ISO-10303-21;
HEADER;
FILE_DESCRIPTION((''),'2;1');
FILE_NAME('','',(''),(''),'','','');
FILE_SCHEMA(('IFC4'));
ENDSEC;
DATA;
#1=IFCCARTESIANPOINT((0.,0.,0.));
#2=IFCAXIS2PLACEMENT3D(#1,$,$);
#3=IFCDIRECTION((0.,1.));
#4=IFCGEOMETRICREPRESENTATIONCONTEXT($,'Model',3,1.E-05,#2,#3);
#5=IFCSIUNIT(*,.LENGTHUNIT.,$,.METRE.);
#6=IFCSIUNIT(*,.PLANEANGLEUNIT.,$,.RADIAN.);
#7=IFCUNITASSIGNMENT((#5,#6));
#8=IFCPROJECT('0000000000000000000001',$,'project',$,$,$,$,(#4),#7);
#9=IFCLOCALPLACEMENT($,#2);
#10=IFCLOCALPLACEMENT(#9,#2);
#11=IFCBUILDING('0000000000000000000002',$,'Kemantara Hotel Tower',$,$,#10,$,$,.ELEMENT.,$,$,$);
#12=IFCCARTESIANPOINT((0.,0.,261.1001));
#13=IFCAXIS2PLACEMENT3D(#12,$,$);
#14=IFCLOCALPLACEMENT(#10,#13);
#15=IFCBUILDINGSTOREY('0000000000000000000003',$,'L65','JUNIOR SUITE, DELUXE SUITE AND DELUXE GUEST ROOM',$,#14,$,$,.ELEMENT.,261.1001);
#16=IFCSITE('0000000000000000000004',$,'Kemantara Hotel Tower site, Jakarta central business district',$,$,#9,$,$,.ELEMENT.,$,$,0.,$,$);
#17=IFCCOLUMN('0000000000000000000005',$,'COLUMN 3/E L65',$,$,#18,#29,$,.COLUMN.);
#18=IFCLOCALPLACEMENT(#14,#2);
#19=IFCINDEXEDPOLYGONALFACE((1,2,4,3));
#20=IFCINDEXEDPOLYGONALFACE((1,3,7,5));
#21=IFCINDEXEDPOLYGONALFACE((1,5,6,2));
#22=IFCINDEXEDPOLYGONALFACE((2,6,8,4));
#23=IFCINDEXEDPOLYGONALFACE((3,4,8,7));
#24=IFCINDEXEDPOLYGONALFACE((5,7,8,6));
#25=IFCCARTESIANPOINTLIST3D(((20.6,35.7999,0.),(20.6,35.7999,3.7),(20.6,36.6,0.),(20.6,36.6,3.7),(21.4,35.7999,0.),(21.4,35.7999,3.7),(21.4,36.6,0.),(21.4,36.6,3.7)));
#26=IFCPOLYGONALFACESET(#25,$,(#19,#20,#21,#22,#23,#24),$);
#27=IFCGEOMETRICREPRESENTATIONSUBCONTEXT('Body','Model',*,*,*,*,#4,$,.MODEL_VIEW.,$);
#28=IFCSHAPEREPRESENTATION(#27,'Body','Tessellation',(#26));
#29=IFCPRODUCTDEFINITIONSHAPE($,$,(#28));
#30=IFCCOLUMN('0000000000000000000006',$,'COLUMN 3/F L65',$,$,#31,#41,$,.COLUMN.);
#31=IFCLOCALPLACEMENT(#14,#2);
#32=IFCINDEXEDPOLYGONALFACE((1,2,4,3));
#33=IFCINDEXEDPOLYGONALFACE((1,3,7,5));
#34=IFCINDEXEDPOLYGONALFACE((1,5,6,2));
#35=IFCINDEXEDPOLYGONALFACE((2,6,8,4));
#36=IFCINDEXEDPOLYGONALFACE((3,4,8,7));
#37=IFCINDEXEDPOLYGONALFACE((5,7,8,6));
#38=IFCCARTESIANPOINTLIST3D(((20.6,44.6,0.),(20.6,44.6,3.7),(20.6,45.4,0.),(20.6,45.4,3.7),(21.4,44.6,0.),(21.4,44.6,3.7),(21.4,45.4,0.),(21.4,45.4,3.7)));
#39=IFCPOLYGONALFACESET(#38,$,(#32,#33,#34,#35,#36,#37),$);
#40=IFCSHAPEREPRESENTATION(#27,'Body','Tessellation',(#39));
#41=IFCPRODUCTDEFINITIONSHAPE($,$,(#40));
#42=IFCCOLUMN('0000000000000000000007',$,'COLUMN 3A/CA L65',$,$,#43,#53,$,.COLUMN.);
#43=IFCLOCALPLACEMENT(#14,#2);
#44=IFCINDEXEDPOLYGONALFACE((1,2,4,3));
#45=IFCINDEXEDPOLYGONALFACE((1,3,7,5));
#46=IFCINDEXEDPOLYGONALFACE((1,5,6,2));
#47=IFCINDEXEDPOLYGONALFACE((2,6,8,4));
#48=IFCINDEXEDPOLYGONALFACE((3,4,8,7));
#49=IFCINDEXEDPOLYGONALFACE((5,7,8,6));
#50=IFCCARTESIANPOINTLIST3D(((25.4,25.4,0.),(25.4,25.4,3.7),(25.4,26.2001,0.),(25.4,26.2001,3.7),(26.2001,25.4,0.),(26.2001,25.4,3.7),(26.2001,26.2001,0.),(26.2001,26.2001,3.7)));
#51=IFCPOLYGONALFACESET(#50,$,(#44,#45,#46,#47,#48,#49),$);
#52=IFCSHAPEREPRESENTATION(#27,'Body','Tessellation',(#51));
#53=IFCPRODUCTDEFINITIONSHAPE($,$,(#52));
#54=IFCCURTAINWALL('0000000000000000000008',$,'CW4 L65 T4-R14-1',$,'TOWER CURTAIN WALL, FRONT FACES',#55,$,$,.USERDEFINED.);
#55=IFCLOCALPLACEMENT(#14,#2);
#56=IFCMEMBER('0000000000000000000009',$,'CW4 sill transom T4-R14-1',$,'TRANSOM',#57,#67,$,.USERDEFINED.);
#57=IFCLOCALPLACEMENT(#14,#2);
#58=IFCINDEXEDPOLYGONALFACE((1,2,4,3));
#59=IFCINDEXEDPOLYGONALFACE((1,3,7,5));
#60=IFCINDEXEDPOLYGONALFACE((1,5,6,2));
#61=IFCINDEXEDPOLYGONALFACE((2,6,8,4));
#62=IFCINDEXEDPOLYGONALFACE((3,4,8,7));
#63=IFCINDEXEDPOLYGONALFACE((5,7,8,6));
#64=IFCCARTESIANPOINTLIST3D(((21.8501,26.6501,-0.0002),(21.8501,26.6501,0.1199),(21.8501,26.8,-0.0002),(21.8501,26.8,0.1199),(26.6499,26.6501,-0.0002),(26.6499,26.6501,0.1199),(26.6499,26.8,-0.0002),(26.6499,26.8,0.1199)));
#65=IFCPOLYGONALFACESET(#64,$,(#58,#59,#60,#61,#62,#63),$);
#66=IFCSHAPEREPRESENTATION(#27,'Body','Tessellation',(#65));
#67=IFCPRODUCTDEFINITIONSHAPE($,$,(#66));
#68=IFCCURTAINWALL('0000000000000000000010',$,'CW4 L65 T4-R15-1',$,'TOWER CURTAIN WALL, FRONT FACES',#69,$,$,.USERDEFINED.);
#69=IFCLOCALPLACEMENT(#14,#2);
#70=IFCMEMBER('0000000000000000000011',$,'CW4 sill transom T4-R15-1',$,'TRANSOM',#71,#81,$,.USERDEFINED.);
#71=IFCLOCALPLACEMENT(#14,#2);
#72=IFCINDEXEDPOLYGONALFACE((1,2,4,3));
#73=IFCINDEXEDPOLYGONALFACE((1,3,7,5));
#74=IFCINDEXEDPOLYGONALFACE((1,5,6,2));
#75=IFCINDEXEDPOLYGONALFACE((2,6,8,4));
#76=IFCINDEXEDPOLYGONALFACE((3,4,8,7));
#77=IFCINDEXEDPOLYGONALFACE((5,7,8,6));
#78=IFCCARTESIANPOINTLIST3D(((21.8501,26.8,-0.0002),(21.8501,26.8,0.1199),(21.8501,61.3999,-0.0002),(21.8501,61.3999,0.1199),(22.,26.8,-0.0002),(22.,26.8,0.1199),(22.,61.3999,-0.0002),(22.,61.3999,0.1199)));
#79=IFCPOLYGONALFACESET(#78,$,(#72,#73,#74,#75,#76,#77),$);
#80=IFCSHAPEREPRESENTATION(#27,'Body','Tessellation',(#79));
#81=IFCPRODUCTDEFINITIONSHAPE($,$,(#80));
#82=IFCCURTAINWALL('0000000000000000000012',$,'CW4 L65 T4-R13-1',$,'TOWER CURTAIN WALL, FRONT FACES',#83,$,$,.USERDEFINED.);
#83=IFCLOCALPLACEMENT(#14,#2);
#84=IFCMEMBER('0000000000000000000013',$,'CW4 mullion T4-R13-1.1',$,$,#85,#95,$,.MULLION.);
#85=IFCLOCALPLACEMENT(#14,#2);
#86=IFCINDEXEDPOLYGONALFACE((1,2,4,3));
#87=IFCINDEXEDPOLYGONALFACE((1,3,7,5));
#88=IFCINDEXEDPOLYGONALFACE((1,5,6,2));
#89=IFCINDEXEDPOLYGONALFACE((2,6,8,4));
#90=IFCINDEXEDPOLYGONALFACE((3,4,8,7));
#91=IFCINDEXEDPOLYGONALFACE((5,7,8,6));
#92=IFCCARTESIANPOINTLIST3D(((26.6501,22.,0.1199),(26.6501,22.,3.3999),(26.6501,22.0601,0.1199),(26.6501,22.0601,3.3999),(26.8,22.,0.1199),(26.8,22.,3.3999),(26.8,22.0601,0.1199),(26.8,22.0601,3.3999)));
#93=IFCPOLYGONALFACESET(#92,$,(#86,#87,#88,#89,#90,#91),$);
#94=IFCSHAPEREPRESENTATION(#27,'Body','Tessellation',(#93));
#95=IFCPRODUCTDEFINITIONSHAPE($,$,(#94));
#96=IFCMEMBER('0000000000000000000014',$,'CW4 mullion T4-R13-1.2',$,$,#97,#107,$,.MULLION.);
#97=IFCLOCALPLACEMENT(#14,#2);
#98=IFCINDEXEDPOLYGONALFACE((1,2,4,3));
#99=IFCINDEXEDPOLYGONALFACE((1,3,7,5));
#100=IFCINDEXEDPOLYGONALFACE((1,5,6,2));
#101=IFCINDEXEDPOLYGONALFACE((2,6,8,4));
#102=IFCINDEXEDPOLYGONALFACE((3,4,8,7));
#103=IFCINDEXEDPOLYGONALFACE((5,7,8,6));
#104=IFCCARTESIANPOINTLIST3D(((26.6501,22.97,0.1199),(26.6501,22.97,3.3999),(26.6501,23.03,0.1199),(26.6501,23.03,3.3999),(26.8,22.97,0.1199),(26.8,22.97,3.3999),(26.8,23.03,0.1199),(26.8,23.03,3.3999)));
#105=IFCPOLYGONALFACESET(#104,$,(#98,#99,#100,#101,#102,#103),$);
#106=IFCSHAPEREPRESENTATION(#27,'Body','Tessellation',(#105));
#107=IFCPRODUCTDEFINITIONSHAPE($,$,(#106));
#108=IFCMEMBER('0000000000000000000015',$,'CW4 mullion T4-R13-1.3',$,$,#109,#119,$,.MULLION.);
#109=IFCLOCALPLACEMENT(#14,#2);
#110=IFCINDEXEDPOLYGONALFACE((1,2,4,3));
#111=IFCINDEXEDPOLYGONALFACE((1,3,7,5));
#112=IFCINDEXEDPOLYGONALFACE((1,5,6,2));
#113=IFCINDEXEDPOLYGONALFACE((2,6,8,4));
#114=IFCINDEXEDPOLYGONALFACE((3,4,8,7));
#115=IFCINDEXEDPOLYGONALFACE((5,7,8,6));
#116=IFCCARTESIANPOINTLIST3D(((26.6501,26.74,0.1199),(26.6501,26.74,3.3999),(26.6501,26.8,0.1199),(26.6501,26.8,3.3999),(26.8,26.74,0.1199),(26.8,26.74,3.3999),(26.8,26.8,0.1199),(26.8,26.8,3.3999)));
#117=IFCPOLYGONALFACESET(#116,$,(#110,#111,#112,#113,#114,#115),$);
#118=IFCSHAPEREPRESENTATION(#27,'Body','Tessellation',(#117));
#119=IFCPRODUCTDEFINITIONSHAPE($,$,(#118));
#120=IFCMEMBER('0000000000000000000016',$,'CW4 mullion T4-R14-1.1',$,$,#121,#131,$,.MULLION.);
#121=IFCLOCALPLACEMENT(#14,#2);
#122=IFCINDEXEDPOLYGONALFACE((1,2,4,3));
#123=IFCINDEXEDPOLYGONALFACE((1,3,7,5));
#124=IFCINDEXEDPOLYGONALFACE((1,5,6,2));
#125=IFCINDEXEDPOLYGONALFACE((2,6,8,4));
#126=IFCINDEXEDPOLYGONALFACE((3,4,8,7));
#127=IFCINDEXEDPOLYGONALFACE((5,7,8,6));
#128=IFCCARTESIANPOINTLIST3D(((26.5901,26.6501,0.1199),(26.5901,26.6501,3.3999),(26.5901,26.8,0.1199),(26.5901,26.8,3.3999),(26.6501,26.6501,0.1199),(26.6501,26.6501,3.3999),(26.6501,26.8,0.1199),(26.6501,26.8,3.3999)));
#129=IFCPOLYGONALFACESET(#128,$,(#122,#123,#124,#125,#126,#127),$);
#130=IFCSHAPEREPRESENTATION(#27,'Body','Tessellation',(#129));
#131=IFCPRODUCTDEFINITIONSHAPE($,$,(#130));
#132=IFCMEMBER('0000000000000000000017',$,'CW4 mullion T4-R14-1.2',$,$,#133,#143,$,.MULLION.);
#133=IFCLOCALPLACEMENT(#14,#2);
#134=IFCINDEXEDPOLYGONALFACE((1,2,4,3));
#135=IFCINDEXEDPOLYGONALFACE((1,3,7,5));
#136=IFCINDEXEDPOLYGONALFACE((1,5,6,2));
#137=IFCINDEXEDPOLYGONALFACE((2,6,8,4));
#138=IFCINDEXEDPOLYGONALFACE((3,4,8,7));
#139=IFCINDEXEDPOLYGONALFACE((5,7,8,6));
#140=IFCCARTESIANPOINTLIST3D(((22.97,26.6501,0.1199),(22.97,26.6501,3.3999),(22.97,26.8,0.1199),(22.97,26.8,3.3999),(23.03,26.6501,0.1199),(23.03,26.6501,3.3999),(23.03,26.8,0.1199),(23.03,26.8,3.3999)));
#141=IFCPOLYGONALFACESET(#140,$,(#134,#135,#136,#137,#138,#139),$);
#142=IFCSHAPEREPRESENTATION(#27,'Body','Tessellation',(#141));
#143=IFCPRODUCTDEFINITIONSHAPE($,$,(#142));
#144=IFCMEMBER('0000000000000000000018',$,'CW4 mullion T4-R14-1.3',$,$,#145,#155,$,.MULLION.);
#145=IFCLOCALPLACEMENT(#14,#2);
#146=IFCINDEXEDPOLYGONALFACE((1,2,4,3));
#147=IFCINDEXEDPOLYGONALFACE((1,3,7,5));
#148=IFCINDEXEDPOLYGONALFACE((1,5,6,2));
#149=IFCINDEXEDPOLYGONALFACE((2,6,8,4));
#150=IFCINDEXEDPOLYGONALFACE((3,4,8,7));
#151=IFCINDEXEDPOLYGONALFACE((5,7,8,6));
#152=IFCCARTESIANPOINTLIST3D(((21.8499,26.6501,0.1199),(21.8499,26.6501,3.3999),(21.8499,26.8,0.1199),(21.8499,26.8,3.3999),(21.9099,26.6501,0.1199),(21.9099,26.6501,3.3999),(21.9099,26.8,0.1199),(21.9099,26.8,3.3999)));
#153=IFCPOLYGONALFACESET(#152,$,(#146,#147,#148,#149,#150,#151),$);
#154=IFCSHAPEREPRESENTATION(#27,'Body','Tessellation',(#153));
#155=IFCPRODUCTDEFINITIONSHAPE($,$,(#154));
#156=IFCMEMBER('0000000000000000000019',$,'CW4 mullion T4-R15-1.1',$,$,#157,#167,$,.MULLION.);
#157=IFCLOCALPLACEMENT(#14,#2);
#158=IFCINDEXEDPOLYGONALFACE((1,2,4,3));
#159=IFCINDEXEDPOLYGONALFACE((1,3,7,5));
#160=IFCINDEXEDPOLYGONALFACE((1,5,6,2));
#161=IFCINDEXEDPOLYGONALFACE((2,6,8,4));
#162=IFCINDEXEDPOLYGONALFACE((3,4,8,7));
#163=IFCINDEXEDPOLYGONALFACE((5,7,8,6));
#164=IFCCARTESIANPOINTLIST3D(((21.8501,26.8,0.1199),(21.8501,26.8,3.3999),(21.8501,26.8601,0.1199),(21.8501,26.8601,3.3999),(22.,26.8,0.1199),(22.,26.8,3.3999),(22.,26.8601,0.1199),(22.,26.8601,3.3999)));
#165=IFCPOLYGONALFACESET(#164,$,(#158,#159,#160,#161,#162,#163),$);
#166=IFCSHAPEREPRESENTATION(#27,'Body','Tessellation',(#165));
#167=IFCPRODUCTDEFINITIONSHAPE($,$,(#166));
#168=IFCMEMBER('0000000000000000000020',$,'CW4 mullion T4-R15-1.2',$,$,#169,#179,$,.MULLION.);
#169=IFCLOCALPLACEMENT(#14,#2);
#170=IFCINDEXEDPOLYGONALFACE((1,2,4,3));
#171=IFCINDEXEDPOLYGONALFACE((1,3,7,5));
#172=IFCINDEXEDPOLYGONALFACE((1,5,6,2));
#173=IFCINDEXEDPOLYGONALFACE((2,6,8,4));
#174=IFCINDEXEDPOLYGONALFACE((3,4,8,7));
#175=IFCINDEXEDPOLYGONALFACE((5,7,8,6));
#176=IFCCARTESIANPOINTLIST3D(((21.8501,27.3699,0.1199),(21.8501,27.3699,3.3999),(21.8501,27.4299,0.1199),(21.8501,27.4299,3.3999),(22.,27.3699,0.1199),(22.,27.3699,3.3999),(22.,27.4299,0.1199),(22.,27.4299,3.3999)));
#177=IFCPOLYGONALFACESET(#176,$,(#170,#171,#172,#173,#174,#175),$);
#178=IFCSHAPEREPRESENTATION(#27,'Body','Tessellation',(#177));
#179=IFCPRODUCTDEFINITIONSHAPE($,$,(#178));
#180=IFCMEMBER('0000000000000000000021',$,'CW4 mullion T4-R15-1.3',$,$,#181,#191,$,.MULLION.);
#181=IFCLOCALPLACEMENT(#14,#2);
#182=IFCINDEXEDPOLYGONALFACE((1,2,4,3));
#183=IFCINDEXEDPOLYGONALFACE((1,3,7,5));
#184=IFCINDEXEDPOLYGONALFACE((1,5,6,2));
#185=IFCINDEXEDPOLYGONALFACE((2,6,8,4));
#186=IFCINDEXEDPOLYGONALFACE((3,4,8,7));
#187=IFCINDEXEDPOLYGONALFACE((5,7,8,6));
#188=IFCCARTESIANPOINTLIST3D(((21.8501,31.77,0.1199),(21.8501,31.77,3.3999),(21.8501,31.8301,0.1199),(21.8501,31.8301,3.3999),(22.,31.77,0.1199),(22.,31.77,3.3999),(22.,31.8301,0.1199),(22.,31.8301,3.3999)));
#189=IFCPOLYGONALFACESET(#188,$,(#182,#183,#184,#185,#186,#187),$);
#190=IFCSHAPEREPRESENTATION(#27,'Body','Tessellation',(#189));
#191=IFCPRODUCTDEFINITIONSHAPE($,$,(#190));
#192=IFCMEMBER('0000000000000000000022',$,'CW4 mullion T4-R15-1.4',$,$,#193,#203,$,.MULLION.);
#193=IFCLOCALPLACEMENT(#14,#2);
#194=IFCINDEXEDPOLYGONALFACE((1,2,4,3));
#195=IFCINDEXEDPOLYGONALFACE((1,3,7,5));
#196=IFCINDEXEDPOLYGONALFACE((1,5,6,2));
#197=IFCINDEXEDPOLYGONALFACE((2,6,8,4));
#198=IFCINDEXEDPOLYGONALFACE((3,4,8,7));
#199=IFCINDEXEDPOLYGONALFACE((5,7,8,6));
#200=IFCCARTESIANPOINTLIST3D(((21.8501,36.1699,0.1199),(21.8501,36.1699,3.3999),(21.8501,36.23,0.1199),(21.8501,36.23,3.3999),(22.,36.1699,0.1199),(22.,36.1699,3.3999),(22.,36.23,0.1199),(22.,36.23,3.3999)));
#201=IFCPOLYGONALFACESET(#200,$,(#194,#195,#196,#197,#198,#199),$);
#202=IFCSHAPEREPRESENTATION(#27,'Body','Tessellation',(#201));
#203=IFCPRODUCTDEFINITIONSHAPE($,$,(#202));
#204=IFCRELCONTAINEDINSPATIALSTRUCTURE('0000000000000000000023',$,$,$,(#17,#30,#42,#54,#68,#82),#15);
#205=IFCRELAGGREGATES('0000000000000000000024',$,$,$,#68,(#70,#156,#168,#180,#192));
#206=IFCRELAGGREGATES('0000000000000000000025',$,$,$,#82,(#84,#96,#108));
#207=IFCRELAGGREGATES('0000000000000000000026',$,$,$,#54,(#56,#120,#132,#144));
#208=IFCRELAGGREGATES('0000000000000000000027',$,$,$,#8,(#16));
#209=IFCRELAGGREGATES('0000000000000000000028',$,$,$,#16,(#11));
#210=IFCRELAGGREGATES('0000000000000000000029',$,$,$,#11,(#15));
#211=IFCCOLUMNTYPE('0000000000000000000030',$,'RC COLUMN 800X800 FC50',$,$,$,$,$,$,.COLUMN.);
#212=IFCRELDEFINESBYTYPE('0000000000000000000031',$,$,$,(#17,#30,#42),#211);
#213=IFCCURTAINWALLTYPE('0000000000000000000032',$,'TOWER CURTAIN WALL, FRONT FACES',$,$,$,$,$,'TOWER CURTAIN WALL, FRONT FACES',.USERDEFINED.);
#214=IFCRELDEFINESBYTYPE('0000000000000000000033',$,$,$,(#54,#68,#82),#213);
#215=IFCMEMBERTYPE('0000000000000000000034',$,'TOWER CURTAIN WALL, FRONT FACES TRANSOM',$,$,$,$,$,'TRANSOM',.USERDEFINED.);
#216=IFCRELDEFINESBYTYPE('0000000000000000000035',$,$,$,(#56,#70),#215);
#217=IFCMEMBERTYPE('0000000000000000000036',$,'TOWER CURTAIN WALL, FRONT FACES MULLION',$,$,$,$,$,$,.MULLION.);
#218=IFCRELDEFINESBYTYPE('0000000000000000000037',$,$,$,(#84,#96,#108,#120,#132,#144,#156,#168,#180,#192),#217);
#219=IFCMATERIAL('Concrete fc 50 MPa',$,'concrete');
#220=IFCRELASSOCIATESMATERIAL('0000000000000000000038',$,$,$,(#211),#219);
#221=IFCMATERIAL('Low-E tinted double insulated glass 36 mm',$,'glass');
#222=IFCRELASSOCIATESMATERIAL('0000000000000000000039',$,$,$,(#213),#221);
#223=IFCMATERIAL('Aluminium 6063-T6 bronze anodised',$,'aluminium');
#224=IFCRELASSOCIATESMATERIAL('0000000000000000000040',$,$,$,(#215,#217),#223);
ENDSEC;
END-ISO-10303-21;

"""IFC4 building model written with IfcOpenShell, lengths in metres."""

from ifc_helpers import new_model, si_unit, direction, frame, origin, origin_2d, place, context, subcontext, project, spatial, rectangle, extrude, source, transform, mapped, material, material_profile, profile_set, type_object, element, aggregate, save


model = new_model("IFC4")

# Units and contexts
model_context = context("Model", 3, precision=1e-05, world=origin(), true_north=direction((0.0, 1.0)))
body_context = subcontext(model_context, "Body", "Model", "MODEL_VIEW")
ifc_project = project(units=[si_unit("LENGTHUNIT", "METRE"), si_unit("PLANEANGLEUNIT", "RADIAN")], contexts=[model_context])

# Site, building, storey
site_placement = place(None, origin())
site = spatial("IfcSite", under=ifc_project, at=site_placement, Name="Kemantara Hotel Tower site, Jakarta central business district", CompositionType="ELEMENT", RefElevation=0.0)
building_placement = place(site_placement, origin())
building = spatial("IfcBuilding", under=site, at=building_placement, Name="Kemantara Hotel Tower", CompositionType="ELEMENT")
storey_placement = place(building_placement, frame((0.0, 0.0, 261.1001)))
storey = spatial("IfcBuildingStorey", under=building, at=storey_placement, Name="L65", Description="JUNIOR SUITE, DELUXE SUITE AND DELUXE GUEST ROOM", CompositionType="ELEMENT", Elevation=261.1001)

# Columns
ifc_material_1 = material(Name="Concrete fc 50 MPa", Category="concrete")
ifc_material_profile_1 = material_profile(ifc_material_1, rectangle(XDim=0.8, YDim=0.8, at=origin_2d()), Name="RC 800X800")
ifc_profile_set_1 = profile_set([ifc_material_profile_1], Name="Concrete fc 50 MPa")
column_type = type_object("IfcColumnType", Name="RC COLUMN 800X800 FC50", PredefinedType="COLUMN", material=ifc_profile_set_1)
for number, where, z_axis, x_axis, name in (
    (1, (21.0, 36.2, 0.0), (0.0, 0.0, 1.0), (1.0, 0.0, 0.0), "COLUMN 3/E L65"),
    (2, (21.0, 45.0, 0.0), (0.0, 0.0, 1.0), (1.0, 0.0, 0.0), "COLUMN 3/F L65"),
    (3, (25.8, 25.8, 0.0), (0.0, 0.0, 1.0), (1.0, 0.0, 0.0), "COLUMN 3A/CA L65"),
):
    element("IfcColumn", number, at=place(storey_placement, frame(where, z_axis=z_axis, x_axis=x_axis)), inside=storey, type_object=column_type, Name=name, PredefinedType="COLUMN", context=body_context, shape_type="SweptSolid", body=[
        extrude(rectangle(XDim=0.8, YDim=0.8, at=origin_2d()), origin(), (0.0, 0.0, 1.0), 3.7),
    ])

# Curtain walls, members
ifc_material_2 = material(Name="Low-E tinted double insulated glass 36 mm", Category="glass")
curtain_wall_type = type_object("IfcCurtainWallType", Name="TOWER CURTAIN WALL, FRONT FACES", ElementType="TOWER CURTAIN WALL, FRONT FACES", PredefinedType="USERDEFINED", material=ifc_material_2)
curtain_wall_1_placement = place(storey_placement, origin())
curtain_wall_1 = element("IfcCurtainWall", 4, at=curtain_wall_1_placement, inside=storey, type_object=curtain_wall_type, Name="CW4 L65 T4-R14-1", ObjectType="TOWER CURTAIN WALL, FRONT FACES", PredefinedType="USERDEFINED")
ifc_material_3 = material(Name="Aluminium 6063-T6 bronze anodised", Category="aluminium")
ifc_material_profile_2 = material_profile(ifc_material_3, rectangle(XDim=0.1499, YDim=0.1201, at=origin_2d()), Name="TOWER CURTAIN WALL, FRONT FACES TRANSOM")
ifc_profile_set_2 = profile_set([ifc_material_profile_2], Name="Aluminium 6063-T6 bronze anodised")
member_type_1 = type_object("IfcMemberType", Name="TOWER CURTAIN WALL, FRONT FACES TRANSOM", ElementType="TRANSOM", PredefinedType="USERDEFINED", material=ifc_profile_set_2)
member_1_placement = place(storey_placement, frame((26.6499, 26.7251, 0.0598), z_axis=(-1.0, 0.0, 0.0), x_axis=(0.0, -1.0, 0.0)))
member_1 = element("IfcMember", 5, at=member_1_placement, type_object=member_type_1, Name="CW4 sill transom T4-R14-1", ObjectType="TRANSOM", PredefinedType="USERDEFINED", context=body_context, shape_type="SweptSolid", body=[
    extrude(rectangle(XDim=0.1499, YDim=0.1201, at=origin_2d()), origin(), (0.0, 0.0, 1.0), 4.7998),
])
curtain_wall_2_placement = place(storey_placement, origin())
curtain_wall_2 = element("IfcCurtainWall", 6, at=curtain_wall_2_placement, inside=storey, type_object=curtain_wall_type, Name="CW4 L65 T4-R15-1", ObjectType="TOWER CURTAIN WALL, FRONT FACES", PredefinedType="USERDEFINED")
member_2_placement = place(storey_placement, frame((21.925, 26.8, 0.0598), z_axis=(0.0, 1.0, 0.0), x_axis=(-1.0, 0.0, 0.0)))
member_2 = element("IfcMember", 7, at=member_2_placement, type_object=member_type_1, Name="CW4 sill transom T4-R15-1", ObjectType="TRANSOM", PredefinedType="USERDEFINED", context=body_context, shape_type="SweptSolid", body=[
    extrude(rectangle(XDim=0.1499, YDim=0.1201, at=origin_2d()), origin(), (0.0, 0.0, 1.0), 34.5999),
])

# Curtain wall, members
curtain_wall_3_placement = place(storey_placement, origin())
curtain_wall_3 = element("IfcCurtainWall", 8, at=curtain_wall_3_placement, inside=storey, type_object=curtain_wall_type, Name="CW4 L65 T4-R13-1", ObjectType="TOWER CURTAIN WALL, FRONT FACES", PredefinedType="USERDEFINED")
ifc_material_profile_3 = material_profile(ifc_material_3, rectangle(XDim=0.1499, YDim=0.0601, at=origin_2d()), Name="TOWER CURTAIN WALL, FRONT FACES MULLION")
ifc_profile_set_3 = profile_set([ifc_material_profile_3], Name="Aluminium 6063-T6 bronze anodised")
member_type_2 = type_object("IfcMemberType", Name="TOWER CURTAIN WALL, FRONT FACES MULLION", PredefinedType="MULLION", material=ifc_profile_set_3)
shared_shape_1 = source(origin(), body_context, "Body", "SweptSolid", [
    extrude(rectangle(XDim=0.1499, YDim=0.0601, at=origin_2d()), origin(), (0.0, 0.0, 1.0), 3.28),
])
member_3_placement = place(storey_placement, frame((26.7251, 22.03, 0.1199), z_axis=(0.0, 0.0, 1.0), x_axis=(-1.0, 0.0, 0.0)))
member_3 = element("IfcMember", 9, at=member_3_placement, type_object=member_type_2, Name="CW4 mullion T4-R13-1.1", PredefinedType="MULLION", context=body_context, shape_type="MappedRepresentation", body=[
    mapped(shared_shape_1, transform((0.0, 0.0, 0.0))),
])
member_4_placement = place(storey_placement, frame((26.7251, 23.0, 0.1199), z_axis=(0.0, 0.0, 1.0), x_axis=(-1.0, 0.0, 0.0)))
member_4 = element("IfcMember", 10, at=member_4_placement, type_object=member_type_2, Name="CW4 mullion T4-R13-1.2", PredefinedType="MULLION", context=body_context, shape_type="MappedRepresentation", body=[
    mapped(shared_shape_1, transform((0.0, 0.0, 0.0))),
])
member_5_placement = place(storey_placement, frame((26.7251, 26.77, 0.1199), z_axis=(0.0, 0.0, 1.0), x_axis=(-1.0, 0.0, 0.0)))
member_5 = element("IfcMember", 11, at=member_5_placement, type_object=member_type_2, Name="CW4 mullion T4-R13-1.3", PredefinedType="MULLION", context=body_context, shape_type="MappedRepresentation", body=[
    mapped(shared_shape_1, transform((0.0, 0.0, 0.0))),
])

# Members
member_6_placement = place(storey_placement, frame((26.6201, 26.7251, 0.1199), z_axis=(0.0, 0.0, 1.0), x_axis=(0.0, -1.0, 0.0)))
member_6 = element("IfcMember", 12, at=member_6_placement, type_object=member_type_2, Name="CW4 mullion T4-R14-1.1", PredefinedType="MULLION", context=body_context, shape_type="MappedRepresentation", body=[
    mapped(shared_shape_1, transform((0.0, 0.0, 0.0))),
])
member_7_placement = place(storey_placement, frame((23.0, 26.7251, 0.1199), z_axis=(0.0, 0.0, 1.0), x_axis=(0.0, -1.0, 0.0)))
member_7 = element("IfcMember", 13, at=member_7_placement, type_object=member_type_2, Name="CW4 mullion T4-R14-1.2", PredefinedType="MULLION", context=body_context, shape_type="MappedRepresentation", body=[
    mapped(shared_shape_1, transform((0.0, 0.0, 0.0))),
])
member_8_placement = place(storey_placement, frame((21.8799, 26.7251, 0.1199), z_axis=(0.0, 0.0, 1.0), x_axis=(0.0, -1.0, 0.0)))
member_8 = element("IfcMember", 14, at=member_8_placement, type_object=member_type_2, Name="CW4 mullion T4-R14-1.3", PredefinedType="MULLION", context=body_context, shape_type="MappedRepresentation", body=[
    mapped(shared_shape_1, transform((0.0, 0.0, 0.0))),
])
member_9_placement = place(storey_placement, frame((21.925, 26.8301, 0.1199), z_axis=(0.0, 0.0, 1.0), x_axis=(-1.0, 0.0, 0.0)))
member_9 = element("IfcMember", 15, at=member_9_placement, type_object=member_type_2, Name="CW4 mullion T4-R15-1.1", PredefinedType="MULLION", context=body_context, shape_type="MappedRepresentation", body=[
    mapped(shared_shape_1, transform((0.0, 0.0, 0.0))),
])
member_10_placement = place(storey_placement, frame((21.925, 27.3999, 0.1199), z_axis=(0.0, 0.0, 1.0), x_axis=(-1.0, 0.0, 0.0)))
member_10 = element("IfcMember", 16, at=member_10_placement, type_object=member_type_2, Name="CW4 mullion T4-R15-1.2", PredefinedType="MULLION", context=body_context, shape_type="MappedRepresentation", body=[
    mapped(shared_shape_1, transform((0.0, 0.0, 0.0))),
])
member_11_placement = place(storey_placement, frame((21.925, 31.8, 0.1199), z_axis=(0.0, 0.0, 1.0), x_axis=(-1.0, 0.0, 0.0)))
member_11 = element("IfcMember", 17, at=member_11_placement, type_object=member_type_2, Name="CW4 mullion T4-R15-1.3", PredefinedType="MULLION", context=body_context, shape_type="MappedRepresentation", body=[
    mapped(shared_shape_1, transform((0.0, 0.0, 0.0))),
])
member_12_placement = place(storey_placement, frame((21.925, 36.2, 0.1199), z_axis=(0.0, 0.0, 1.0), x_axis=(-1.0, 0.0, 0.0)))
member_12 = element("IfcMember", 18, at=member_12_placement, type_object=member_type_2, Name="CW4 mullion T4-R15-1.4", PredefinedType="MULLION", context=body_context, shape_type="MappedRepresentation", body=[
    mapped(shared_shape_1, transform((0.0, 0.0, 0.0))),
])

aggregate(curtain_wall_2, [member_2, member_9, member_10, member_11, member_12])
aggregate(curtain_wall_3, [member_3, member_4, member_5])
aggregate(curtain_wall_1, [member_1, member_6, member_7, member_8])

save(model, "model.ifc")
